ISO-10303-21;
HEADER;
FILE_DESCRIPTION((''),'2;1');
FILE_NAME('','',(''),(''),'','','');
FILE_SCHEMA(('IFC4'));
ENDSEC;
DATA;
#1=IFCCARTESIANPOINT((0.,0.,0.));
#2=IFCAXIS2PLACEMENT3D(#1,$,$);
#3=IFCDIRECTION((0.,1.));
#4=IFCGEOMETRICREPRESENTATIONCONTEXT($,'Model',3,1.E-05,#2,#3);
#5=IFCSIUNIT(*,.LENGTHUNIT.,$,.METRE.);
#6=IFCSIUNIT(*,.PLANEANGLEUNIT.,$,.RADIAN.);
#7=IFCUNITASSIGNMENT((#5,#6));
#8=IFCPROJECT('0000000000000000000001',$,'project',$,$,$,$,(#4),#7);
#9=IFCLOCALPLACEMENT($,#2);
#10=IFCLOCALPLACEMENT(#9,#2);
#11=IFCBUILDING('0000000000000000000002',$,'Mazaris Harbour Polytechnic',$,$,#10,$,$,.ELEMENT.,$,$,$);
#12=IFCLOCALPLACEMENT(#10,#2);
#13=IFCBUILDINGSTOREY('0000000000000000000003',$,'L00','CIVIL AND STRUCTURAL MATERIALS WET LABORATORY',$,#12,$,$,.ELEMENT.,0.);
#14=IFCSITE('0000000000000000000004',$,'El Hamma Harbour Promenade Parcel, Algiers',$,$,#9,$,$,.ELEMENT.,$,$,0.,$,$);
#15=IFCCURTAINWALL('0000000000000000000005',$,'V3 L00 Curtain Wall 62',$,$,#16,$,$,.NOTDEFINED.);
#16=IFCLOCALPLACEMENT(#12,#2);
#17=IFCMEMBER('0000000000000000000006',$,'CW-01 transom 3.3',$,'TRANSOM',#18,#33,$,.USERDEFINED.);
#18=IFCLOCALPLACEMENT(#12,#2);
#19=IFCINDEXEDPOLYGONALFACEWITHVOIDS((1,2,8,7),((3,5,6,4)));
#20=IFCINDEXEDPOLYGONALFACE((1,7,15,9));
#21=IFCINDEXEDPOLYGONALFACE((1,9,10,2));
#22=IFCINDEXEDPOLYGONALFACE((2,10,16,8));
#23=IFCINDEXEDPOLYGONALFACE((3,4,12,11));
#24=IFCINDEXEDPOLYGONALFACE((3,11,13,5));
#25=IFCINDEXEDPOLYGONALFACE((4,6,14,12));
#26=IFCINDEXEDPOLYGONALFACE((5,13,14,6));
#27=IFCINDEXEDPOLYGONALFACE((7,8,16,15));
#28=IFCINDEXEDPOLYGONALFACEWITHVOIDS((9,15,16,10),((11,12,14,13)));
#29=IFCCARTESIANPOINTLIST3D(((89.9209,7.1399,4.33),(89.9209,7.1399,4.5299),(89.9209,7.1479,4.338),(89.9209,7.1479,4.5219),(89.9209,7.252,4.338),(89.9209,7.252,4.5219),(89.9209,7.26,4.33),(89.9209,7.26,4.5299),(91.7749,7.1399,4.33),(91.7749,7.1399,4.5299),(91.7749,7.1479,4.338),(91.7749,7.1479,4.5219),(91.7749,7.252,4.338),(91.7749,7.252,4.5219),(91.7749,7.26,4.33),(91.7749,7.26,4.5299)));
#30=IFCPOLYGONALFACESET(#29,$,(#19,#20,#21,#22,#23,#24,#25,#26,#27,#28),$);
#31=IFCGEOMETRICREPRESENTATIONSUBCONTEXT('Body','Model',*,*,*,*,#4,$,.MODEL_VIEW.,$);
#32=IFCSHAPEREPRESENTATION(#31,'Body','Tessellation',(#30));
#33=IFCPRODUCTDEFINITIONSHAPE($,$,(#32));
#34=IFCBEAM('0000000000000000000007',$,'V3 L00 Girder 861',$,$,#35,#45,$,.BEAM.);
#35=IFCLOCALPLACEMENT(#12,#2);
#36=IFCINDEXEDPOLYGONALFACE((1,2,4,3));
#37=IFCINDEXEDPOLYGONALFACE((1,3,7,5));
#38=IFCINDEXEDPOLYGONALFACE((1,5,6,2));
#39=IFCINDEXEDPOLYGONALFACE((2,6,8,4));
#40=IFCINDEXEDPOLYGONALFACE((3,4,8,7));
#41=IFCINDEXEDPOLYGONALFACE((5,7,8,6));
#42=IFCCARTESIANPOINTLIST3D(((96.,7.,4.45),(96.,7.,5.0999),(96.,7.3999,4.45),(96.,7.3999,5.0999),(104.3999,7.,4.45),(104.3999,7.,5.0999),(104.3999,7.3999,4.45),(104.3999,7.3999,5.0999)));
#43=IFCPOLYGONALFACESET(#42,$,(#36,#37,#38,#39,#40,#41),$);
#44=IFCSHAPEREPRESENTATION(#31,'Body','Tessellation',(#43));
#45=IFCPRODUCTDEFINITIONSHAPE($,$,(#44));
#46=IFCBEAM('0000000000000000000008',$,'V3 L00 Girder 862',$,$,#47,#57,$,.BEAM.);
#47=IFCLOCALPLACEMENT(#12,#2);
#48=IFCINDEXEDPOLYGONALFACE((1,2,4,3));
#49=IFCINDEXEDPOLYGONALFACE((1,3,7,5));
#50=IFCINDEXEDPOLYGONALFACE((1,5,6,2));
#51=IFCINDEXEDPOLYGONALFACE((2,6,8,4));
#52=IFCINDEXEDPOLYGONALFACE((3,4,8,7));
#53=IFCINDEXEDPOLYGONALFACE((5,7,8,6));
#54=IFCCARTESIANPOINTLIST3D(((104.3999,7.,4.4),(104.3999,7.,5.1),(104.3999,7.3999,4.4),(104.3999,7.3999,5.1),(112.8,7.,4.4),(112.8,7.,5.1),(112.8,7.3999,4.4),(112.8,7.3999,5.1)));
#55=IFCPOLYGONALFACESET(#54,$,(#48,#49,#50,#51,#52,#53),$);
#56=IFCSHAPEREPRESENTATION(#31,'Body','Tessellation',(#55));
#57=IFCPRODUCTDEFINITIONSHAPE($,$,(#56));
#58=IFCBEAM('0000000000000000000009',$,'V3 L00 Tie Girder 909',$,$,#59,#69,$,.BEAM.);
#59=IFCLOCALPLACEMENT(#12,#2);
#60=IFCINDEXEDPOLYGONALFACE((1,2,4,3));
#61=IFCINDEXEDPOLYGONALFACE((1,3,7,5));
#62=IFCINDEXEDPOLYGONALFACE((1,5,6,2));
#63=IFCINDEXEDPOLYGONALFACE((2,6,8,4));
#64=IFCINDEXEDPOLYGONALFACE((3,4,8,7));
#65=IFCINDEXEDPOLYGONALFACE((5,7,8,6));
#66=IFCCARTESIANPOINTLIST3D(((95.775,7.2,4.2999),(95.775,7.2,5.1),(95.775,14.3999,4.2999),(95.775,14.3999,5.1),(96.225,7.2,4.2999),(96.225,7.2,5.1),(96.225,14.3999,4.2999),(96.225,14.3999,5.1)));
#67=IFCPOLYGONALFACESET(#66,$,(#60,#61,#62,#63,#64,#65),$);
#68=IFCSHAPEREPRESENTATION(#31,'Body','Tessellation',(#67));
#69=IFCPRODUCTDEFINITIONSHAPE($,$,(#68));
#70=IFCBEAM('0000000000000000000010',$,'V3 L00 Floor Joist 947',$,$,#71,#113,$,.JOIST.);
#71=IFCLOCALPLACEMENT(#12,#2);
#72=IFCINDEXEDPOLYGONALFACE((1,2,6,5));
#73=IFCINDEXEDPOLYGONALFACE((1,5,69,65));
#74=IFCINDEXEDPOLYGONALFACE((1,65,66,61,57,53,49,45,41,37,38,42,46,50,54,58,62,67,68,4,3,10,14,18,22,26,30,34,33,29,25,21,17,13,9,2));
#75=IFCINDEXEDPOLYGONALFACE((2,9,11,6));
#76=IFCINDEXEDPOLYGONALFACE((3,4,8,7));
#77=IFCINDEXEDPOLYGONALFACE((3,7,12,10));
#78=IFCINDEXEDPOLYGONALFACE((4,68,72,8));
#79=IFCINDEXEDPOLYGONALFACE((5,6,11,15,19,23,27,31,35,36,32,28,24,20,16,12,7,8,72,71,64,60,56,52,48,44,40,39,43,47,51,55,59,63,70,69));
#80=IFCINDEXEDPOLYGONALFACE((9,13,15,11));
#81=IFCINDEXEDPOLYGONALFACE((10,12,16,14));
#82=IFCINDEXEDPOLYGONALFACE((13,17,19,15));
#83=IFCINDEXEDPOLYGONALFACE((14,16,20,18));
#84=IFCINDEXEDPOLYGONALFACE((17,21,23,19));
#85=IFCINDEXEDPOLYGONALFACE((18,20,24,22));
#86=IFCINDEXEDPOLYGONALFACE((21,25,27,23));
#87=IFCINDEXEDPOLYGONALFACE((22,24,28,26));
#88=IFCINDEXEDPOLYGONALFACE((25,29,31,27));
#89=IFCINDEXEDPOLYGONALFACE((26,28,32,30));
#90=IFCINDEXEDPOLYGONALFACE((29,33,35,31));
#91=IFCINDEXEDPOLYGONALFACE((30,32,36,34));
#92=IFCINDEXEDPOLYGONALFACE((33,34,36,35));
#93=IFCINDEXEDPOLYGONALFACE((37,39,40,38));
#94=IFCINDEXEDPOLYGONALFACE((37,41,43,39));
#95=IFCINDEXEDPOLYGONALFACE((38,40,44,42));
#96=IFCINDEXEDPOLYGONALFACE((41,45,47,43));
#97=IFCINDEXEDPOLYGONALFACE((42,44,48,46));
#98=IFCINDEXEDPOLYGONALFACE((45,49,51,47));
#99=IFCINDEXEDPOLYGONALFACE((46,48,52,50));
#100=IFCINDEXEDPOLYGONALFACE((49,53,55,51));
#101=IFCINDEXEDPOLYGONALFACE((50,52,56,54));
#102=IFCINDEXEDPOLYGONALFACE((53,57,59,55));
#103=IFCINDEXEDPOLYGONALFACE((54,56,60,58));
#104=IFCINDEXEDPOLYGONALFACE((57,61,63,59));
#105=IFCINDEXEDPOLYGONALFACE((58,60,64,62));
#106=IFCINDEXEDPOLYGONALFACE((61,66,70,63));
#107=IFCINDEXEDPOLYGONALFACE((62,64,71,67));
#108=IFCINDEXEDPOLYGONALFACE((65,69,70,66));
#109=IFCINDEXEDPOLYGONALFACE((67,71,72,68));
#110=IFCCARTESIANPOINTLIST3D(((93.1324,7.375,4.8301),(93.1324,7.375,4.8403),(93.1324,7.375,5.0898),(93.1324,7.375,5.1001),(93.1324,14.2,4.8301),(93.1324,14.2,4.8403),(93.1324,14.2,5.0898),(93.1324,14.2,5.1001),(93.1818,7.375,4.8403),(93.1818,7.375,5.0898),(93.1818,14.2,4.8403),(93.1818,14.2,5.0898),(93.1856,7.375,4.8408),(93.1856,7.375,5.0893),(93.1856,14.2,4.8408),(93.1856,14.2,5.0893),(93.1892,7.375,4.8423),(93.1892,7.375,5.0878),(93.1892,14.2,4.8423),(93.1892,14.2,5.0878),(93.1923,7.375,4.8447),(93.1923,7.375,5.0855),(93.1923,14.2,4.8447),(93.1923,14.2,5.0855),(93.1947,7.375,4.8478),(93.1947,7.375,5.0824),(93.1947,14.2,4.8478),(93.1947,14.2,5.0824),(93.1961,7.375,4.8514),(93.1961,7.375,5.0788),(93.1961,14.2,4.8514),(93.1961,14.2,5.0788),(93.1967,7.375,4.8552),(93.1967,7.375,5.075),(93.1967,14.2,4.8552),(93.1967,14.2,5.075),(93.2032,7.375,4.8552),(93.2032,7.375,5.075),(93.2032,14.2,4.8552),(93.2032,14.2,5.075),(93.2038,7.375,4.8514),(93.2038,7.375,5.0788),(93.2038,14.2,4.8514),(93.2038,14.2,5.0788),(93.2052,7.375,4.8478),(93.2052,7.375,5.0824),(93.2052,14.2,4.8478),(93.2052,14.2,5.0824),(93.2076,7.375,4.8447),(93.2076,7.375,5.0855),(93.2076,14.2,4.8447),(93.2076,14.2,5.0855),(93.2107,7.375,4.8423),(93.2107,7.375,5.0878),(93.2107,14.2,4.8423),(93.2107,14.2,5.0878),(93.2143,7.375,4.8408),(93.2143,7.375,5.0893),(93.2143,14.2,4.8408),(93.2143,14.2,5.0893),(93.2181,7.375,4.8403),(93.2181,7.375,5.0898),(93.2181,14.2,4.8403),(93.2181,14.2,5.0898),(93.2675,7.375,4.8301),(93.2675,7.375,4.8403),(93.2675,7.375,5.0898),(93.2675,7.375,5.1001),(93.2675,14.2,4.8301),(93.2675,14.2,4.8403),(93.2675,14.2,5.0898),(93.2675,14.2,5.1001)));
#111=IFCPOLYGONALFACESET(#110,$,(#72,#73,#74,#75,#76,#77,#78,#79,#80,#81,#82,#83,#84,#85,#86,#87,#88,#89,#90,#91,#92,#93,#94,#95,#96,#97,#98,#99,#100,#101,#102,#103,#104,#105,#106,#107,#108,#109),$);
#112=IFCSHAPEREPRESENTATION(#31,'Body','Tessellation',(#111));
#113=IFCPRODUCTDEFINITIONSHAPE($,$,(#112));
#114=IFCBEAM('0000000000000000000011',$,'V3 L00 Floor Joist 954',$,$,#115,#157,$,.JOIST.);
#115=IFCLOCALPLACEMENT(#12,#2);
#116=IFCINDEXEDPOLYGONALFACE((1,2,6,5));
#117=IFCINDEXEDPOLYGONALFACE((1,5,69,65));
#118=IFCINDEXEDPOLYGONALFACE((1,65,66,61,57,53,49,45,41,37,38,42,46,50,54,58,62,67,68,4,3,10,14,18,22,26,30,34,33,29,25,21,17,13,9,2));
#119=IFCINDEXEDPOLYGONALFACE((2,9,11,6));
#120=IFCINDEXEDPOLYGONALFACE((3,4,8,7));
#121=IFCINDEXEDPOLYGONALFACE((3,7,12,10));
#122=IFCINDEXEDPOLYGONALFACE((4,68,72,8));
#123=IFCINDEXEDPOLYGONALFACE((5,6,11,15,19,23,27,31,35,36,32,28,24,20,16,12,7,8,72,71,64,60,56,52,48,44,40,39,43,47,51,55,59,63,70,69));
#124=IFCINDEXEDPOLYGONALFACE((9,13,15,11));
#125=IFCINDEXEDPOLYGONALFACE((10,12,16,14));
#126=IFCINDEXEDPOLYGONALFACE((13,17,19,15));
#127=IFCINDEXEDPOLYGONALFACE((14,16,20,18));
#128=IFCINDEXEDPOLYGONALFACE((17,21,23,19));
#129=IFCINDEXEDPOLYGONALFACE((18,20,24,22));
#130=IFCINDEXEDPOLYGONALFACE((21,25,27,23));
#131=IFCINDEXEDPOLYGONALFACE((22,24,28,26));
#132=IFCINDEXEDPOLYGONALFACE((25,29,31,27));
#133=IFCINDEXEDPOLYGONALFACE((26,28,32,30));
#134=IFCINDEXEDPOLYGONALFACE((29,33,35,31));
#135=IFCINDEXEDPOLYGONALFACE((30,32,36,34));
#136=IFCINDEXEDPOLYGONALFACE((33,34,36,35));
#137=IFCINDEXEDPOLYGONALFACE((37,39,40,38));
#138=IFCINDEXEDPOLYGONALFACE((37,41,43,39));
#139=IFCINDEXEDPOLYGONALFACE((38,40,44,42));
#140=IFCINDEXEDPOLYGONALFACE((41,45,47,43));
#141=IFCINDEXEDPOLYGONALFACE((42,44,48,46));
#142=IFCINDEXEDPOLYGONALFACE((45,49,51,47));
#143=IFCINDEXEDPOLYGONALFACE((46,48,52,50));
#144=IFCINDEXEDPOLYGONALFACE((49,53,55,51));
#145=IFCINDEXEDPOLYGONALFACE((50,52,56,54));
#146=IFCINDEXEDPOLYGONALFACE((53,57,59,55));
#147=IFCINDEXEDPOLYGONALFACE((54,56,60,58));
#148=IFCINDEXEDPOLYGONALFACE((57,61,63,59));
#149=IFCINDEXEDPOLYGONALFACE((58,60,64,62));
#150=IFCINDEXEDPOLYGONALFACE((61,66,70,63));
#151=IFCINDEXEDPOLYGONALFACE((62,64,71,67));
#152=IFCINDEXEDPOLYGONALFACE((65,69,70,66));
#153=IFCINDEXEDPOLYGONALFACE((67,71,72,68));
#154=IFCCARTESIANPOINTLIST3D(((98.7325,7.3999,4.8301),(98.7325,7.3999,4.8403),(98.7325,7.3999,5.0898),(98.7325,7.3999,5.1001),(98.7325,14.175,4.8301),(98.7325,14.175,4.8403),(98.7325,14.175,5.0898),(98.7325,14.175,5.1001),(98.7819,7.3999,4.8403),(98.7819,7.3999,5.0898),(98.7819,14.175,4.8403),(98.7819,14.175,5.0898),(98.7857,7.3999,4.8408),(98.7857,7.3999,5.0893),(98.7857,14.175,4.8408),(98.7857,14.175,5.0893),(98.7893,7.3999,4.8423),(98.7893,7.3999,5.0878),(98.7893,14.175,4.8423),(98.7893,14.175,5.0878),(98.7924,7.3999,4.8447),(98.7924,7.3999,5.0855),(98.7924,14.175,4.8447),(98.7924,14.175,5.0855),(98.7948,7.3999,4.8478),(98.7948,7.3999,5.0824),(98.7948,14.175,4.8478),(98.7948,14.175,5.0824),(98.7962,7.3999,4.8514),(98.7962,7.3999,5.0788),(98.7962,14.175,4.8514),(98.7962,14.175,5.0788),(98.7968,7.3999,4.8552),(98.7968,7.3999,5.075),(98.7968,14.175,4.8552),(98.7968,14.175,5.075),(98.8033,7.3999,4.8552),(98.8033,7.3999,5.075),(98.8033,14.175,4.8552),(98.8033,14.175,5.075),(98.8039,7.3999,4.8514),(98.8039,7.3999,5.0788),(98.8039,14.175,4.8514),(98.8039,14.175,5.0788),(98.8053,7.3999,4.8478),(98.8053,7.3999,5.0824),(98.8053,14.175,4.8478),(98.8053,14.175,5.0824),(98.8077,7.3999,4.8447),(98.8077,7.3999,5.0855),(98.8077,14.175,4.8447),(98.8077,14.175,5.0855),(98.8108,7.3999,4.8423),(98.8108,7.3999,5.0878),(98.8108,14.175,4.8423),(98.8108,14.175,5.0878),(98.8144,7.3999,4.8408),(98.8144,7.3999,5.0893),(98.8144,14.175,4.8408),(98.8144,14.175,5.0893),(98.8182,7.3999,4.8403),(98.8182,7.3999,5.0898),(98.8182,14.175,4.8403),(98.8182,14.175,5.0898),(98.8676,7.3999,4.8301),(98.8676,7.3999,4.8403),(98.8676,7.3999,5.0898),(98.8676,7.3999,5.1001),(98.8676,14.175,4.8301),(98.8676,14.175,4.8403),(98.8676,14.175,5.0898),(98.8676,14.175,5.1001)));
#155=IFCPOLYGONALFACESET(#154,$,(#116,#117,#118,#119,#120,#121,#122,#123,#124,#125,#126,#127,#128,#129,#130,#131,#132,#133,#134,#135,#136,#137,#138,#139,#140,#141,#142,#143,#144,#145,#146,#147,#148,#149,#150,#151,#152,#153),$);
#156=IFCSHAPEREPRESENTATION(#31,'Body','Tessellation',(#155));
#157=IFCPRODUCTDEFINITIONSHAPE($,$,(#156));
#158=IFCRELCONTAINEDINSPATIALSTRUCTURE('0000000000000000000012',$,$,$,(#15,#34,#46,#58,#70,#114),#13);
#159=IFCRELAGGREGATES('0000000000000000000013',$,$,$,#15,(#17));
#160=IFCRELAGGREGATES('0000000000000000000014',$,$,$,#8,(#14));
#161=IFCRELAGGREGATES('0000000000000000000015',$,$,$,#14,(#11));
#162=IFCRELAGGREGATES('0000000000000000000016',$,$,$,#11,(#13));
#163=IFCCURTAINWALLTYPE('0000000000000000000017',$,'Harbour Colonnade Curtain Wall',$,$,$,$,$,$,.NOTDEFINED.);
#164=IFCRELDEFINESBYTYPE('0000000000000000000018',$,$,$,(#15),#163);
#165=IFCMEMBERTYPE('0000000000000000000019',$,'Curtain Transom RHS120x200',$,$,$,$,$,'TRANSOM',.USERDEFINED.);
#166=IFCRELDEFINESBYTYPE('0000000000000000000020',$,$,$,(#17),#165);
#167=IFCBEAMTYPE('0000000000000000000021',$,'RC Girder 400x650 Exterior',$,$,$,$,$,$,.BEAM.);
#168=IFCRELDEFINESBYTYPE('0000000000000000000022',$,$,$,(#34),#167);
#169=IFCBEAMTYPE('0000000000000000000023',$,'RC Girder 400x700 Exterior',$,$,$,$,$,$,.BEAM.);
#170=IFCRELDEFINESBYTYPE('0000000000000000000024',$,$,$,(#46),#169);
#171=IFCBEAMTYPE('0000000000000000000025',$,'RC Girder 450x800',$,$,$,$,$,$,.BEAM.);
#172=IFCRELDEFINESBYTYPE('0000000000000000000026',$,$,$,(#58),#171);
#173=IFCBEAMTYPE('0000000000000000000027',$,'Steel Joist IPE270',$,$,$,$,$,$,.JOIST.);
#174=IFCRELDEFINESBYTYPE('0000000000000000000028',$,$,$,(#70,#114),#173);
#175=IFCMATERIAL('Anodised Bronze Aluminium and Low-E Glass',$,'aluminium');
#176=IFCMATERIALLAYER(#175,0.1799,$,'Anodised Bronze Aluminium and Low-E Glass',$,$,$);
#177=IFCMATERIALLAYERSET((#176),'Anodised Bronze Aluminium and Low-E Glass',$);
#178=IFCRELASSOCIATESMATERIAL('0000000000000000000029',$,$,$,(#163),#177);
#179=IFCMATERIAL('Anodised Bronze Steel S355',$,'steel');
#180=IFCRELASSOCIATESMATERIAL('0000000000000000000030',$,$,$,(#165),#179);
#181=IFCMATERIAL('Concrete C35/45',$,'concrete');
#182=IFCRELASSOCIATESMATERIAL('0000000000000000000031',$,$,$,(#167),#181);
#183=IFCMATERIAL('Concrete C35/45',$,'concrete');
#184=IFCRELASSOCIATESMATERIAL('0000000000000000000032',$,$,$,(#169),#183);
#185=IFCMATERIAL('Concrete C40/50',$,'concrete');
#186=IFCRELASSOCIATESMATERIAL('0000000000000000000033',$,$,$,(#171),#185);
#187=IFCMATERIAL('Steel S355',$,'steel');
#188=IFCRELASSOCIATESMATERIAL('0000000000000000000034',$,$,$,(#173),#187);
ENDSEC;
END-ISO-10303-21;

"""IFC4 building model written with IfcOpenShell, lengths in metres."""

from ifc_helpers import new_model, si_unit, direction, frame, origin, origin_2d, place, context, subcontext, project, spatial, rectangle, hollow_rectangle, i_section, extrude, material, layer, layer_set, material_profile, profile_set, type_object, element, aggregate, save


model = new_model("IFC4")

# Units and contexts
model_context = context("Model", 3, precision=1e-05, world=origin(), true_north=direction((0.0, 1.0)))
body_context = subcontext(model_context, "Body", "Model", "MODEL_VIEW")
ifc_project = project(units=[si_unit("LENGTHUNIT", "METRE"), si_unit("PLANEANGLEUNIT", "RADIAN")], contexts=[model_context])

# Site, building, storey
site_placement = place(None, origin())
site = spatial("IfcSite", under=ifc_project, at=site_placement, Name="El Hamma Harbour Promenade Parcel, Algiers", CompositionType="ELEMENT", RefElevation=0.0)
building_placement = place(site_placement, origin())
building = spatial("IfcBuilding", under=site, at=building_placement, Name="Mazaris Harbour Polytechnic", CompositionType="ELEMENT")
storey_placement = place(building_placement, origin())
storey = spatial("IfcBuildingStorey", under=building, at=storey_placement, Name="L00", Description="CIVIL AND STRUCTURAL MATERIALS WET LABORATORY", CompositionType="ELEMENT", Elevation=0.0)

# Curtain wall, member
ifc_material_1 = material(Name="Anodised Bronze Aluminium and Low-E Glass", Category="aluminium")
ifc_layer_1 = layer(ifc_material_1, 0.1799, Name="Anodised Bronze Aluminium and Low-E Glass")
ifc_layer_set_1 = layer_set([ifc_layer_1], Name="Anodised Bronze Aluminium and Low-E Glass")
curtain_wall_type = type_object("IfcCurtainWallType", Name="Harbour Colonnade Curtain Wall", PredefinedType="NOTDEFINED", material=ifc_layer_set_1)
curtain_wall_placement = place(storey_placement, origin())
curtain_wall = element("IfcCurtainWall", 1, at=curtain_wall_placement, inside=storey, type_object=curtain_wall_type, Name="V3 L00 Curtain Wall 62", PredefinedType="NOTDEFINED")
ifc_material_2 = material(Name="Anodised Bronze Steel S355", Category="steel")
ifc_material_profile_1 = material_profile(ifc_material_2, hollow_rectangle(XDim=0.1201, YDim=0.2, WallThickness=0.0081, at=origin_2d()), Name="RHS 120x200x8.0")
ifc_profile_set_1 = profile_set([ifc_material_profile_1], Name="Anodised Bronze Steel S355")
member_type_1 = type_object("IfcMemberType", Name="Curtain Transom RHS120x200", ElementType="TRANSOM", PredefinedType="USERDEFINED", material=ifc_profile_set_1)
member_1_placement = place(storey_placement, frame((91.7749, 7.2, 4.4299), z_axis=(-1.0, 0.0, 0.0), x_axis=(0.0, -1.0, 0.0)))
member_1 = element("IfcMember", 2, at=member_1_placement, type_object=member_type_1, Name="CW-01 transom 3.3", ObjectType="TRANSOM", PredefinedType="USERDEFINED", context=body_context, shape_type="SweptSolid", body=[
    extrude(hollow_rectangle(XDim=0.1201, YDim=0.2, WallThickness=0.0081, at=origin_2d()), origin(), (0.0, 0.0, 1.0), 1.854),
])

# Beams
ifc_material_3 = material(Name="Concrete C35/45", Category="concrete")
ifc_material_profile_2 = material_profile(ifc_material_3, rectangle(XDim=0.3999, YDim=0.6499, at=origin_2d()), Name="RECT400x650")
ifc_profile_set_2 = profile_set([ifc_material_profile_2], Name="Concrete C35/45")
beam_type_1 = type_object("IfcBeamType", Name="RC Girder 400x650 Exterior", PredefinedType="BEAM", material=ifc_profile_set_2)
beam_1_placement = place(storey_placement, frame((96.0, 7.2, 4.7749), z_axis=(1.0, 0.0, 0.0), x_axis=(0.0, 1.0, 0.0)))
element("IfcBeam", 3, at=beam_1_placement, inside=storey, type_object=beam_type_1, Name="V3 L00 Girder 861", PredefinedType="BEAM", context=body_context, shape_type="SweptSolid", body=[
    extrude(rectangle(XDim=0.3999, YDim=0.6499, at=origin_2d()), origin(), (0.0, 0.0, 1.0), 8.3999),
])
ifc_material_4 = material(Name="Concrete C35/45", Category="concrete")
ifc_material_profile_3 = material_profile(ifc_material_4, rectangle(XDim=0.3999, YDim=0.7, at=origin_2d()), Name="RECT400x700")
ifc_profile_set_3 = profile_set([ifc_material_profile_3], Name="Concrete C35/45")
beam_type_2 = type_object("IfcBeamType", Name="RC Girder 400x700 Exterior", PredefinedType="BEAM", material=ifc_profile_set_3)
beam_2_placement = place(storey_placement, frame((104.3999, 7.2, 4.75), z_axis=(1.0, 0.0, 0.0), x_axis=(0.0, 1.0, 0.0)))
element("IfcBeam", 4, at=beam_2_placement, inside=storey, type_object=beam_type_2, Name="V3 L00 Girder 862", PredefinedType="BEAM", context=body_context, shape_type="SweptSolid", body=[
    extrude(rectangle(XDim=0.3999, YDim=0.7, at=origin_2d()), origin(), (0.0, 0.0, 1.0), 8.4001),
])
ifc_material_5 = material(Name="Concrete C40/50", Category="concrete")
ifc_material_profile_4 = material_profile(ifc_material_5, rectangle(XDim=0.45, YDim=0.8, at=origin_2d()), Name="RECT450x800")
ifc_profile_set_4 = profile_set([ifc_material_profile_4], Name="Concrete C40/50")
beam_type_3 = type_object("IfcBeamType", Name="RC Girder 450x800", PredefinedType="BEAM", material=ifc_profile_set_4)
beam_3_placement = place(storey_placement, frame((96.0, 7.2, 4.7), z_axis=(0.0, 1.0, 0.0), x_axis=(-1.0, 0.0, 0.0)))
element("IfcBeam", 5, at=beam_3_placement, inside=storey, type_object=beam_type_3, Name="V3 L00 Tie Girder 909", PredefinedType="BEAM", context=body_context, shape_type="SweptSolid", body=[
    extrude(rectangle(XDim=0.45, YDim=0.8, at=origin_2d()), origin(), (0.0, 0.0, 1.0), 7.2),
])
ifc_material_6 = material(Name="Steel S355", Category="steel")
ifc_material_profile_5 = material_profile(ifc_material_6, i_section(OverallWidth=0.135, OverallDepth=0.27, WebThickness=0.0066, FlangeThickness=0.0103, FilletRadius=0.0149, at=origin_2d()), Name="IPE 270")
ifc_profile_set_5 = profile_set([ifc_material_profile_5], Name="Steel S355")
beam_type_4 = type_object("IfcBeamType", Name="Steel Joist IPE270", PredefinedType="JOIST", material=ifc_profile_set_5)
beam_4_placement = place(storey_placement, frame((93.2, 7.375, 4.9651), z_axis=(0.0, 1.0, 0.0), x_axis=(-1.0, 0.0, 0.0)))
element("IfcBeam", 6, at=beam_4_placement, inside=storey, type_object=beam_type_4, Name="V3 L00 Floor Joist 947", PredefinedType="JOIST", context=body_context, shape_type="SweptSolid", body=[
    extrude(i_section(OverallWidth=0.135, OverallDepth=0.27, WebThickness=0.0066, FlangeThickness=0.0103, FilletRadius=0.0149, at=origin_2d()), origin(), (0.0, 0.0, 1.0), 6.825),
])
beam_5_placement = place(storey_placement, frame((98.8, 7.3999, 4.9651), z_axis=(0.0, 1.0, 0.0), x_axis=(-1.0, 0.0, 0.0)))
element("IfcBeam", 7, at=beam_5_placement, inside=storey, type_object=beam_type_4, Name="V3 L00 Floor Joist 954", PredefinedType="JOIST", context=body_context, shape_type="SweptSolid", body=[
    extrude(i_section(OverallWidth=0.135, OverallDepth=0.27, WebThickness=0.0066, FlangeThickness=0.0103, FilletRadius=0.0149, at=origin_2d()), origin(), (0.0, 0.0, 1.0), 6.7751),
])

aggregate(curtain_wall, [member_1])

save(model, "model.ifc")
